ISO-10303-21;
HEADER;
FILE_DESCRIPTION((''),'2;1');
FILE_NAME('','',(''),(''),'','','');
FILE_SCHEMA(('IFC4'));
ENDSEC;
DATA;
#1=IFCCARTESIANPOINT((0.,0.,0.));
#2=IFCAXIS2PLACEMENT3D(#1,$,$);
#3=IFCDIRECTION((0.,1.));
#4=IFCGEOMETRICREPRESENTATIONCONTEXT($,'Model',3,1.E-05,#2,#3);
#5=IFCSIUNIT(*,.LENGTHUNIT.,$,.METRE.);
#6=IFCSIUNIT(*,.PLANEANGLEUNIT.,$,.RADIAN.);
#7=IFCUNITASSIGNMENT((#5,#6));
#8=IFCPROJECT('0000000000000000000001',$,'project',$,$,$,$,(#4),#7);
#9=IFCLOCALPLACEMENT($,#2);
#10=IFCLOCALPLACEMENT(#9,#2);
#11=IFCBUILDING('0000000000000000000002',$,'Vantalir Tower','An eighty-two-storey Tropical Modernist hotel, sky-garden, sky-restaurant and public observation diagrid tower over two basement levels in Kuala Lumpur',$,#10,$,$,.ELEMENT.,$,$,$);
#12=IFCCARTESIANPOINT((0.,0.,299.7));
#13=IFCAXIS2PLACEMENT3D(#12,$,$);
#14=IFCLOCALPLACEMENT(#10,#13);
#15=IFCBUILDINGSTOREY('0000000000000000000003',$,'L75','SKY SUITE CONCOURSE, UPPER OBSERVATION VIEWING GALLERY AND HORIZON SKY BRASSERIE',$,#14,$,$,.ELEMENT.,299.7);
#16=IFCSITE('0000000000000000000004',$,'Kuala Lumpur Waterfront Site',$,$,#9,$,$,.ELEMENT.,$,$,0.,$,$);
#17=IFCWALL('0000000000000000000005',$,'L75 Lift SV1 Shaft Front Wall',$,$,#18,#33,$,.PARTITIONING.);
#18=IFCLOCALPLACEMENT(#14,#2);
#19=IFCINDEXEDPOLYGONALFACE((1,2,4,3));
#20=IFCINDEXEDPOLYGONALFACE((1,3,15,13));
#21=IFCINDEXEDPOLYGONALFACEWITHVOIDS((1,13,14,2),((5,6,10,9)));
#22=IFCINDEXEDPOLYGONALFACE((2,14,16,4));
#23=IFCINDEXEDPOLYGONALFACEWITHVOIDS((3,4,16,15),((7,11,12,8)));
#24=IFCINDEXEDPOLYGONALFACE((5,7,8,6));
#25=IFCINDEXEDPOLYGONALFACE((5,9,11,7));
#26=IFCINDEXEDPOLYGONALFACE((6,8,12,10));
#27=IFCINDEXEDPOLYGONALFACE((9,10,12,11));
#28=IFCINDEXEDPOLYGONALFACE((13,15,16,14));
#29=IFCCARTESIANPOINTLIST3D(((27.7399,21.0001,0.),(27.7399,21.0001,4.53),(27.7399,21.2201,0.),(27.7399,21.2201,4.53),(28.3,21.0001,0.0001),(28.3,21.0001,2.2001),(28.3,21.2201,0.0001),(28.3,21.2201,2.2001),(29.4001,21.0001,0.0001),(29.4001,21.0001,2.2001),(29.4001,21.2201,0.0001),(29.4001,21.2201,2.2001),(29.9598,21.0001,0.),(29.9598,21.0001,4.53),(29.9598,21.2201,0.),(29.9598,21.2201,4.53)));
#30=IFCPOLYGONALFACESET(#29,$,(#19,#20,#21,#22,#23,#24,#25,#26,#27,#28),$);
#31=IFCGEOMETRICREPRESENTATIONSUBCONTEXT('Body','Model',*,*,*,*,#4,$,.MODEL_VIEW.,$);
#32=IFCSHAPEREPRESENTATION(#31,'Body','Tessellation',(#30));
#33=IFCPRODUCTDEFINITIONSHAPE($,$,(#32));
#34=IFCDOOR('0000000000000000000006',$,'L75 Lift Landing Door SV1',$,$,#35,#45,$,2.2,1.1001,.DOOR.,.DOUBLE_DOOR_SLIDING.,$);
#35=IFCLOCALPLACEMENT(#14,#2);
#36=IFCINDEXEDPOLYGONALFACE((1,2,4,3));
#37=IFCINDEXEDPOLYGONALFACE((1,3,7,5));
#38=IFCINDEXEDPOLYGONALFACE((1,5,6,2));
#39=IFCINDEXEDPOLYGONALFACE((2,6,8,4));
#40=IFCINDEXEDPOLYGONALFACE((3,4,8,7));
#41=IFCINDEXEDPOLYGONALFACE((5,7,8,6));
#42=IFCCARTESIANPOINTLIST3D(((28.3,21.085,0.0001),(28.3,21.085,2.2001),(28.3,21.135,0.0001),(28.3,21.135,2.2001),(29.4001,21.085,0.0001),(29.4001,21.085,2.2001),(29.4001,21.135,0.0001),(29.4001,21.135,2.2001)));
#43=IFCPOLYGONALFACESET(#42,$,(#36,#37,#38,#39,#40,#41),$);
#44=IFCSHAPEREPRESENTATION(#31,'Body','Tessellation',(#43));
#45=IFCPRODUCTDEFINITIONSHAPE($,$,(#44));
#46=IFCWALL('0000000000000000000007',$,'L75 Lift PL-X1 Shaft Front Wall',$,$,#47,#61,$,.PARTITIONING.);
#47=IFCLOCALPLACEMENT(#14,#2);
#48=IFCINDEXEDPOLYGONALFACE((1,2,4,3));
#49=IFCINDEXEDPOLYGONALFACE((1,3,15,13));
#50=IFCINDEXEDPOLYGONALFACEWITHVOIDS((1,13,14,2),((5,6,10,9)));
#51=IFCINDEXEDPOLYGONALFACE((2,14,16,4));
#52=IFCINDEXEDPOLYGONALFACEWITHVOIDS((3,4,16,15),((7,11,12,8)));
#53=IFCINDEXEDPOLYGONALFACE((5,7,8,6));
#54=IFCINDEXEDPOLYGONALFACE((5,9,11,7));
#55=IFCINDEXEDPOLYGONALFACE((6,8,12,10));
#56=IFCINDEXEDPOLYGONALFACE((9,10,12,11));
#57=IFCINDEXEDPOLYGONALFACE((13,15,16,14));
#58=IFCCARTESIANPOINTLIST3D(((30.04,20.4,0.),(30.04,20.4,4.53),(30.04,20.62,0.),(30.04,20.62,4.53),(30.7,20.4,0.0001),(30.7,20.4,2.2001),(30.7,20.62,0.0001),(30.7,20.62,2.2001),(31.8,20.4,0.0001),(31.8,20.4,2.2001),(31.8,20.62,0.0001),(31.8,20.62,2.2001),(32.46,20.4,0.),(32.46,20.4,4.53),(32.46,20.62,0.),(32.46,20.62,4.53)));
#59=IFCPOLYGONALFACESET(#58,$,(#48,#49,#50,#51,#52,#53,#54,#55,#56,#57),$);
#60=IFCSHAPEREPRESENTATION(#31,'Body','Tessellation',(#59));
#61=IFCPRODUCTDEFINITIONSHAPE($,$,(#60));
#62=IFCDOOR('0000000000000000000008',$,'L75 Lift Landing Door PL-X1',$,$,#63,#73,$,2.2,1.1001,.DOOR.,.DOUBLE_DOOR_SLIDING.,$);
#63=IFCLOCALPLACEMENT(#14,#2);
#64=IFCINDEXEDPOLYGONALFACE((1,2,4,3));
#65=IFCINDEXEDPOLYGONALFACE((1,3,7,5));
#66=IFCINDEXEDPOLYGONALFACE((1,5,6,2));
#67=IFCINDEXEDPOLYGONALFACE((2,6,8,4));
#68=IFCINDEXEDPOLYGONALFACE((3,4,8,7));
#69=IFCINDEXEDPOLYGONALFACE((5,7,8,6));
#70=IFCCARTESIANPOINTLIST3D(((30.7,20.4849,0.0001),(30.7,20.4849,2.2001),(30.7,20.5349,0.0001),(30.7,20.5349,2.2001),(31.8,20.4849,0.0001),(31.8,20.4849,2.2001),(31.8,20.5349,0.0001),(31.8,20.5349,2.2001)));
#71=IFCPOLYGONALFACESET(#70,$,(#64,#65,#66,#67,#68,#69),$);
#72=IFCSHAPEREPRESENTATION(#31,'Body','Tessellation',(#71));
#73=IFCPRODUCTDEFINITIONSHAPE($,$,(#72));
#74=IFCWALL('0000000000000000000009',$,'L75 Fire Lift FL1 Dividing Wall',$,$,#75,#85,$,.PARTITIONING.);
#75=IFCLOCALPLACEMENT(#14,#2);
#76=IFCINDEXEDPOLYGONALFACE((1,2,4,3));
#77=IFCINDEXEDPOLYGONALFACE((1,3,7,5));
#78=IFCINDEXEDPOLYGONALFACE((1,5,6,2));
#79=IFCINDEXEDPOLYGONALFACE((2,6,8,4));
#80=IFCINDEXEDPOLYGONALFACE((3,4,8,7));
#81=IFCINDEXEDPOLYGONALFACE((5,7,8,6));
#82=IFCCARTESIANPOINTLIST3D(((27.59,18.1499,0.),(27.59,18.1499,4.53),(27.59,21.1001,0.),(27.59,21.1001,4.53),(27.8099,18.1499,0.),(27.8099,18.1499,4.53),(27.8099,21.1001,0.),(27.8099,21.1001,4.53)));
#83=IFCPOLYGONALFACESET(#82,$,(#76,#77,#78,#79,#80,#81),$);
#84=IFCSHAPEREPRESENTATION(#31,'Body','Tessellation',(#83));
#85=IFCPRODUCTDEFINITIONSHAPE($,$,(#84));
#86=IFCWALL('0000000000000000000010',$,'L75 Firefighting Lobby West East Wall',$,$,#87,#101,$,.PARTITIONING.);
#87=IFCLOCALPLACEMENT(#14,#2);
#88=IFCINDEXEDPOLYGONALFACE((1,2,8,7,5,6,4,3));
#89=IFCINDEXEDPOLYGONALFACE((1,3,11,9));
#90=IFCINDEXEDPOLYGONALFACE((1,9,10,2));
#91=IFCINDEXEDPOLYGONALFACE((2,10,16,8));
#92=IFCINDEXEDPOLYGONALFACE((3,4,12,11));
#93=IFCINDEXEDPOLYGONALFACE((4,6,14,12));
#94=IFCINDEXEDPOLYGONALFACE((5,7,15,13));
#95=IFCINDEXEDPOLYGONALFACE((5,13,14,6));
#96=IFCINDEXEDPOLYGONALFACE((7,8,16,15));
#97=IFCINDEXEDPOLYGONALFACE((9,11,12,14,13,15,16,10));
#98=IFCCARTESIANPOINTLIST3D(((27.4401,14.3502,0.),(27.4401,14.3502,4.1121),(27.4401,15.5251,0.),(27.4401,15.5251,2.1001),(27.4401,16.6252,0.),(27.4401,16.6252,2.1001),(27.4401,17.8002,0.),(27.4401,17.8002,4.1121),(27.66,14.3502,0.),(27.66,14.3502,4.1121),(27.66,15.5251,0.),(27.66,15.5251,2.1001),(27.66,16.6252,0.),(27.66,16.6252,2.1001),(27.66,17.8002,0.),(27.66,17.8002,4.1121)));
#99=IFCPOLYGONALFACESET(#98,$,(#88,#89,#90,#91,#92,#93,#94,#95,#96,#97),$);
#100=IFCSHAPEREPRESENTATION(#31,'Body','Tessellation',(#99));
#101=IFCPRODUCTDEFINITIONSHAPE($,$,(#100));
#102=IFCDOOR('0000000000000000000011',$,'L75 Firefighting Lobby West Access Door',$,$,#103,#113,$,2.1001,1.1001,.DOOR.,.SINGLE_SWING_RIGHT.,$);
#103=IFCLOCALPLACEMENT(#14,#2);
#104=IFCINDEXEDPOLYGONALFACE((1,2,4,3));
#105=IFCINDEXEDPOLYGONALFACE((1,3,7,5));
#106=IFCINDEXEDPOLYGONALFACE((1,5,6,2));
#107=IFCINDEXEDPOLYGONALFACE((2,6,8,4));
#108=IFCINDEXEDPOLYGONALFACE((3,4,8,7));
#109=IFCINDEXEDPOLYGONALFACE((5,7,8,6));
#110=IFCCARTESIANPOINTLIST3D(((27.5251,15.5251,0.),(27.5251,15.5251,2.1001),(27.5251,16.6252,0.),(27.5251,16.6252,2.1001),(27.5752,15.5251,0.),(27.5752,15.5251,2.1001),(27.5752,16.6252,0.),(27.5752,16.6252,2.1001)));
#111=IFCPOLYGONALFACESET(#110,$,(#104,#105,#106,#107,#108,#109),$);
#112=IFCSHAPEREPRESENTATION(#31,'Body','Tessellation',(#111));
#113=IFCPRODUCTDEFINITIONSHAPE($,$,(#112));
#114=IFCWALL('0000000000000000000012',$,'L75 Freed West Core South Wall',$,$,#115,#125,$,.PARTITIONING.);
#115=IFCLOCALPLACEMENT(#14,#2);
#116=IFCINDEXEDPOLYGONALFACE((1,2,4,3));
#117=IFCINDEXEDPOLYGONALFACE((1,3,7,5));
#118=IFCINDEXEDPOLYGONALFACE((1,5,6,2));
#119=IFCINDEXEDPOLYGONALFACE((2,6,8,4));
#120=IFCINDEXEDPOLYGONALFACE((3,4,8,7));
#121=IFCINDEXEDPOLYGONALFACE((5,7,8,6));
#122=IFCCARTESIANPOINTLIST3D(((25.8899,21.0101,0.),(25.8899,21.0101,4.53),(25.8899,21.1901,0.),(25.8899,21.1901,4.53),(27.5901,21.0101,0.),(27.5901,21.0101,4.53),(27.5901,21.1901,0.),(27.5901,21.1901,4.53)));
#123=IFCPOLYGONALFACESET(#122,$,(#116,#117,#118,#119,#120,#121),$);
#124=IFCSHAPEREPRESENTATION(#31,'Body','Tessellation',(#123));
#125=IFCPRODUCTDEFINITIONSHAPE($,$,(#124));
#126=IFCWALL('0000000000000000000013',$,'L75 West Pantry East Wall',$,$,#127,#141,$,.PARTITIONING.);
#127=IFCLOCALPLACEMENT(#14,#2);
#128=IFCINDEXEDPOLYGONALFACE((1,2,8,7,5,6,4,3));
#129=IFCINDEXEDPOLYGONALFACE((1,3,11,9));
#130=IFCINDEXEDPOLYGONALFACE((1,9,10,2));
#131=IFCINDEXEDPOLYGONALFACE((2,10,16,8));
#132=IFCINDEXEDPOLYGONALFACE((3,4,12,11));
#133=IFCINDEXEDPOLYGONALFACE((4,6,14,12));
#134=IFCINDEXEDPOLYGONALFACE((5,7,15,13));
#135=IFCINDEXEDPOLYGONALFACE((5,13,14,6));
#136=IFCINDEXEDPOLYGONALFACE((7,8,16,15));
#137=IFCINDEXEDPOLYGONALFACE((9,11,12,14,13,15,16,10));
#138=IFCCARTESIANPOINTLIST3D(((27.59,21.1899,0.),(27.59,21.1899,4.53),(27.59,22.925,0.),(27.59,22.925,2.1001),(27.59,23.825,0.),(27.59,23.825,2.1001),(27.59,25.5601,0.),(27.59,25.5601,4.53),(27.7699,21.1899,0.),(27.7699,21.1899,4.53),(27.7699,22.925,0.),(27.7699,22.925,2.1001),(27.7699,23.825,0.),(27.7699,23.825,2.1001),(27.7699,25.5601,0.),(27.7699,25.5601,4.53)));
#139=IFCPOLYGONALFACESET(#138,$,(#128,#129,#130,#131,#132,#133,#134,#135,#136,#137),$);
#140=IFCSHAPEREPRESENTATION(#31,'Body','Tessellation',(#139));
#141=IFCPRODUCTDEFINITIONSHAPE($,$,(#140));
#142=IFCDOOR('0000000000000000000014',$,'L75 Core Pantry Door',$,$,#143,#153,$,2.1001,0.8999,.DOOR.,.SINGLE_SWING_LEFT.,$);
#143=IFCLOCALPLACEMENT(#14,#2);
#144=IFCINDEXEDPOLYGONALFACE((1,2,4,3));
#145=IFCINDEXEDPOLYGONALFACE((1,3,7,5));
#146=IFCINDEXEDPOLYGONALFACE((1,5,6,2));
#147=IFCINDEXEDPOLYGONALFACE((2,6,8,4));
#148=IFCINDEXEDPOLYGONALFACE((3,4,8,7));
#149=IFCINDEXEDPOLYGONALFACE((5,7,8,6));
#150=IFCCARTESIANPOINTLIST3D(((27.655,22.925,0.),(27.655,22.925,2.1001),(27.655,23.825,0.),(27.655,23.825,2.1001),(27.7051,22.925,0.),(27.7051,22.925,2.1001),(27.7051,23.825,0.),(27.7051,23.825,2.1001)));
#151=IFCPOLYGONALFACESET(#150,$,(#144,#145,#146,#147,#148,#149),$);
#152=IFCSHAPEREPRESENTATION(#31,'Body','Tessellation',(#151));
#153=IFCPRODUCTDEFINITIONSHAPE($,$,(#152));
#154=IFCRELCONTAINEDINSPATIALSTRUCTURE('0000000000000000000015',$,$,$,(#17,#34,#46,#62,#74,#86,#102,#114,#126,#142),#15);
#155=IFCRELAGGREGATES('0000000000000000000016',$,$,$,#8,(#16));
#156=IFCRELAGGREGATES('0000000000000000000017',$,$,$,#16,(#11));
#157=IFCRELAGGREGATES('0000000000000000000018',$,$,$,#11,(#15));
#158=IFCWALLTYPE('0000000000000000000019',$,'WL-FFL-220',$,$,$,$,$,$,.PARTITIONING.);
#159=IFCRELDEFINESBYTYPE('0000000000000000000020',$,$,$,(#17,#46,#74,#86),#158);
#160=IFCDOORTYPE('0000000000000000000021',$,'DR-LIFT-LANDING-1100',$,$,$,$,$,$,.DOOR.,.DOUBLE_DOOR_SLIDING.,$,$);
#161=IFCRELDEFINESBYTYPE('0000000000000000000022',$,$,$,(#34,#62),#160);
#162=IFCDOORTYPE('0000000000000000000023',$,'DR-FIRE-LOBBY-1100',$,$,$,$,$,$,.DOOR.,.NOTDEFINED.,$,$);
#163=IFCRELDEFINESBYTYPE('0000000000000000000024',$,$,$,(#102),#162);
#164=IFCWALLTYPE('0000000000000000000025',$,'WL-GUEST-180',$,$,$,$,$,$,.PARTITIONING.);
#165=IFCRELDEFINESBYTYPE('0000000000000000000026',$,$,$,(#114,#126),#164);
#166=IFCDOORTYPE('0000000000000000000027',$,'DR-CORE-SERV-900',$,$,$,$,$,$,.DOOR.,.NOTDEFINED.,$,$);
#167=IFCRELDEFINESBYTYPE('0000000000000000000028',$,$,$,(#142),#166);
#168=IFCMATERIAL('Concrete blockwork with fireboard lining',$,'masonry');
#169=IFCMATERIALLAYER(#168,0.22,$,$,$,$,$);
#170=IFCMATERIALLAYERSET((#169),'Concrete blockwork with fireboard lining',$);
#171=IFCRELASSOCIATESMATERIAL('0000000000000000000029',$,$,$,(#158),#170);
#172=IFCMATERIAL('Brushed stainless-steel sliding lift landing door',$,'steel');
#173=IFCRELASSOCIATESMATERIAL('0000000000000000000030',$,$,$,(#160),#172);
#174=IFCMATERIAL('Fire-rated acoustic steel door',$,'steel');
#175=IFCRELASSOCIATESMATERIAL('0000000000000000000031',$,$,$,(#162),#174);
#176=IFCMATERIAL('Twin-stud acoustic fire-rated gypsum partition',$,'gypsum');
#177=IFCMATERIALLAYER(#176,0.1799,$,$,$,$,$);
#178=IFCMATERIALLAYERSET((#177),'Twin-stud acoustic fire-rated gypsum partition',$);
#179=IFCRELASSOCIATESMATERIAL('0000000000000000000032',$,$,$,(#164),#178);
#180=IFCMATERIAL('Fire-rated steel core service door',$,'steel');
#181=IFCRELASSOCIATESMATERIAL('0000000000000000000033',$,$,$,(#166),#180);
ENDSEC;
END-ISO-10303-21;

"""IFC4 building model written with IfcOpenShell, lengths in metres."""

from ifc_helpers import new_model, si_unit, direction, frame, frame_2d, origin, place, context, subcontext, project, spatial, rectangle, extrude, material, layer, layer_set, type_object, element, fill, save


model = new_model("IFC4")

# Units and contexts
model_context = context("Model", 3, precision=1e-05, world=origin(), true_north=direction((0.0, 1.0)))
body_context = subcontext(model_context, "Body", "Model", "MODEL_VIEW")
ifc_project = project(units=[si_unit("LENGTHUNIT", "METRE"), si_unit("PLANEANGLEUNIT", "RADIAN")], contexts=[model_context])

# Site, building, storey
site_placement = place(None, origin())
site = spatial("IfcSite", under=ifc_project, at=site_placement, Name="Kuala Lumpur Waterfront Site", CompositionType="ELEMENT", RefElevation=0.0)
building_placement = place(site_placement, origin())
building = spatial("IfcBuilding", under=site, at=building_placement, Name="Vantalir Tower", Description="An eighty-two-storey Tropical Modernist hotel, sky-garden, sky-restaurant and public observation diagrid tower over two basement levels in Kuala Lumpur", CompositionType="ELEMENT")
storey_placement = place(building_placement, frame((0.0, 0.0, 299.7)))
storey = spatial("IfcBuildingStorey", under=building, at=storey_placement, Name="L75", Description="SKY SUITE CONCOURSE, UPPER OBSERVATION VIEWING GALLERY AND HORIZON SKY BRASSERIE", CompositionType="ELEMENT", Elevation=299.7)

# Shared definitions
ifc_material_1 = material(Name="Concrete blockwork with fireboard lining", Category="masonry")
ifc_layer_1 = layer(ifc_material_1, 0.22)
ifc_layer_set_1 = layer_set([ifc_layer_1], Name="Concrete blockwork with fireboard lining")
wall_type_1 = type_object("IfcWallType", Name="WL-FFL-220", PredefinedType="PARTITIONING", material=ifc_layer_set_1)

# Walls, openings, doors
ifc_material_2 = material(Name="Brushed stainless-steel sliding lift landing door", Category="steel")
door_type_1 = type_object("IfcDoorType", Name="DR-LIFT-LANDING-1100", OperationType="DOUBLE_DOOR_SLIDING", PredefinedType="DOOR", material=ifc_material_2)
wall_1_placement = place(storey_placement, frame((27.74, 21.1101, 0.0), z_axis=(0.0, 0.0, 1.0), x_axis=(1.0, 0.0, 0.0)))
wall_1 = element("IfcWall", 1, at=wall_1_placement, inside=storey, type_object=wall_type_1, Name="L75 Lift SV1 Shaft Front Wall", PredefinedType="PARTITIONING", context=body_context, shape_type="SweptSolid", body=[
    extrude(rectangle(XDim=2.22, YDim=0.22, at=frame_2d((1.1099, 0.0))), origin(), (0.0, 0.0, 1.0), 4.53),
])
opening_1_placement = place(wall_1_placement, frame((0.5601, 0.0, 0.0)))
opening_1 = element("IfcOpeningElement", 2, at=opening_1_placement, cuts=wall_1, PredefinedType="OPENING", context=body_context, shape_type="SweptSolid", body=[
    extrude(rectangle(XDim=1.1001, YDim=2.2, at=frame_2d((0.55, 1.1001))), frame((0.0, 0.1199, 0.0), z_axis=(0.0, -1.0, 0.0), x_axis=(1.0, 0.0, 0.0)), (0.0, 0.0, 1.0), 0.24),
])
door_1_placement = place(opening_1_placement, origin())
door_1 = element("IfcDoor", 3, at=door_1_placement, inside=storey, type_object=door_type_1, Name="L75 Lift Landing Door SV1", OperationType="DOUBLE_DOOR_SLIDING", OverallHeight=2.2, OverallWidth=1.1001, PredefinedType="DOOR", context=body_context, shape_type="SweptSolid", body=[
    extrude(rectangle(XDim=1.1001, YDim=2.2, at=frame_2d((0.55, 1.1001))), frame((0.0, 0.0249, 0.0), z_axis=(0.0, -1.0, 0.0), x_axis=(1.0, 0.0, 0.0)), (0.0, 0.0, 1.0), 0.05),
])
fill(opening_1, door_1)
wall_2_placement = place(storey_placement, frame((30.04, 20.51, 0.0), z_axis=(0.0, 0.0, 1.0), x_axis=(1.0, 0.0, 0.0)))
wall_2 = element("IfcWall", 4, at=wall_2_placement, inside=storey, type_object=wall_type_1, Name="L75 Lift PL-X1 Shaft Front Wall", PredefinedType="PARTITIONING", context=body_context, shape_type="SweptSolid", body=[
    extrude(rectangle(XDim=2.4199, YDim=0.22, at=frame_2d((1.21, 0.0))), origin(), (0.0, 0.0, 1.0), 4.53),
])
opening_2_placement = place(wall_2_placement, frame((0.6599, 0.0, 0.0)))
opening_2 = element("IfcOpeningElement", 5, at=opening_2_placement, cuts=wall_2, PredefinedType="OPENING", context=body_context, shape_type="SweptSolid", body=[
    extrude(rectangle(XDim=1.1001, YDim=2.2, at=frame_2d((0.55, 1.1001))), frame((0.0, 0.1199, 0.0), z_axis=(0.0, -1.0, 0.0), x_axis=(1.0, 0.0, 0.0)), (0.0, 0.0, 1.0), 0.24),
])
door_2_placement = place(opening_2_placement, origin())
door_2 = element("IfcDoor", 6, at=door_2_placement, inside=storey, type_object=door_type_1, Name="L75 Lift Landing Door PL-X1", OperationType="DOUBLE_DOOR_SLIDING", OverallHeight=2.2, OverallWidth=1.1001, PredefinedType="DOOR", context=body_context, shape_type="SweptSolid", body=[
    extrude(rectangle(XDim=1.1001, YDim=2.2, at=frame_2d((0.55, 1.1001))), frame((0.0, 0.0249, 0.0), z_axis=(0.0, -1.0, 0.0), x_axis=(1.0, 0.0, 0.0)), (0.0, 0.0, 1.0), 0.05),
])
fill(opening_2, door_2)

# Wall
wall_3_placement = place(storey_placement, frame((27.7, 18.1499, 0.0), z_axis=(0.0, 0.0, 1.0), x_axis=(0.0, 1.0, 0.0)))
element("IfcWall", 7, at=wall_3_placement, inside=storey, type_object=wall_type_1, Name="L75 Fire Lift FL1 Dividing Wall", PredefinedType="PARTITIONING", context=body_context, shape_type="SweptSolid", body=[
    extrude(rectangle(XDim=2.9502, YDim=0.22, at=frame_2d((1.4751, 0.0))), origin(), (0.0, 0.0, 1.0), 4.53),
])

# Wall, opening, door
wall_4_placement = place(storey_placement, frame((27.55, 14.3501, 0.0), z_axis=(0.0, 0.0, 1.0), x_axis=(0.0, 1.0, 0.0)))
wall_4 = element("IfcWall", 8, at=wall_4_placement, inside=storey, type_object=wall_type_1, Name="L75 Firefighting Lobby West East Wall", PredefinedType="PARTITIONING", context=body_context, shape_type="SweptSolid", body=[
    extrude(rectangle(XDim=3.45, YDim=0.22, at=frame_2d((1.7251, 0.0))), origin(), (0.0, 0.0, 1.0), 4.1121),
])
opening_3_placement = place(wall_4_placement, frame((1.175, 0.0, 0.0)))
opening_3 = element("IfcOpeningElement", 9, at=opening_3_placement, cuts=wall_4, PredefinedType="OPENING", context=body_context, shape_type="SweptSolid", body=[
    extrude(rectangle(XDim=1.1001, YDim=2.1001, at=frame_2d((0.55, 1.05))), frame((0.0, 0.1199, 0.0), z_axis=(0.0, -1.0, 0.0), x_axis=(1.0, 0.0, 0.0)), (0.0, 0.0, 1.0), 0.24),
])
ifc_material_3 = material(Name="Fire-rated acoustic steel door", Category="steel")
door_type_2 = type_object("IfcDoorType", Name="DR-FIRE-LOBBY-1100", OperationType="NOTDEFINED", PredefinedType="DOOR", material=ifc_material_3)
door_3_placement = place(opening_3_placement, origin())
door_3 = element("IfcDoor", 10, at=door_3_placement, inside=storey, type_object=door_type_2, Name="L75 Firefighting Lobby West Access Door", OperationType="SINGLE_SWING_RIGHT", OverallHeight=2.1001, OverallWidth=1.1001, PredefinedType="DOOR", context=body_context, shape_type="SweptSolid", body=[
    extrude(rectangle(XDim=1.1001, YDim=2.1001, at=frame_2d((0.55, 1.05))), frame((0.0, 0.0249, 0.0), z_axis=(0.0, -1.0, 0.0), x_axis=(1.0, 0.0, 0.0)), (0.0, 0.0, 1.0), 0.05),
])
fill(opening_3, door_3)

# Wall
ifc_material_4 = material(Name="Twin-stud acoustic fire-rated gypsum partition", Category="gypsum")
ifc_layer_2 = layer(ifc_material_4, 0.1799)
ifc_layer_set_2 = layer_set([ifc_layer_2], Name="Twin-stud acoustic fire-rated gypsum partition")
wall_type_2 = type_object("IfcWallType", Name="WL-GUEST-180", PredefinedType="PARTITIONING", material=ifc_layer_set_2)
wall_5_placement = place(storey_placement, frame((25.8899, 21.1001, 0.0), z_axis=(0.0, 0.0, 1.0), x_axis=(1.0, 0.0, 0.0)))
element("IfcWall", 11, at=wall_5_placement, inside=storey, type_object=wall_type_2, Name="L75 Freed West Core South Wall", PredefinedType="PARTITIONING", context=body_context, shape_type="SweptSolid", body=[
    extrude(rectangle(XDim=1.7002, YDim=0.1799, at=frame_2d((0.8501, 0.0))), origin(), (0.0, 0.0, 1.0), 4.53),
])

# Wall, opening, door
wall_6_placement = place(storey_placement, frame((27.6799, 21.1899, 0.0), z_axis=(0.0, 0.0, 1.0), x_axis=(0.0, 1.0, 0.0)))
wall_6 = element("IfcWall", 12, at=wall_6_placement, inside=storey, type_object=wall_type_2, Name="L75 West Pantry East Wall", PredefinedType="PARTITIONING", context=body_context, shape_type="SweptSolid", body=[
    extrude(rectangle(XDim=4.3701, YDim=0.1799, at=frame_2d((2.1851, 0.0))), origin(), (0.0, 0.0, 1.0), 4.53),
])
opening_4_placement = place(wall_6_placement, frame((1.7351, 0.0, 0.0)))
opening_4 = element("IfcOpeningElement", 13, at=opening_4_placement, cuts=wall_6, PredefinedType="OPENING", context=body_context, shape_type="SweptSolid", body=[
    extrude(rectangle(XDim=0.8999, YDim=2.1001, at=frame_2d((0.45, 1.05))), frame((0.0, 0.0999, 0.0), z_axis=(0.0, -1.0, 0.0), x_axis=(1.0, 0.0, 0.0)), (0.0, 0.0, 1.0), 0.2),
])
ifc_material_5 = material(Name="Fire-rated steel core service door", Category="steel")
door_type_3 = type_object("IfcDoorType", Name="DR-CORE-SERV-900", OperationType="NOTDEFINED", PredefinedType="DOOR", material=ifc_material_5)
door_4_placement = place(opening_4_placement, origin())
door_4 = element("IfcDoor", 14, at=door_4_placement, inside=storey, type_object=door_type_3, Name="L75 Core Pantry Door", OperationType="SINGLE_SWING_LEFT", OverallHeight=2.1001, OverallWidth=0.8999, PredefinedType="DOOR", context=body_context, shape_type="SweptSolid", body=[
    extrude(rectangle(XDim=0.8999, YDim=2.1001, at=frame_2d((0.45, 1.05))), frame((0.0, 0.0249, 0.0), z_axis=(0.0, -1.0, 0.0), x_axis=(1.0, 0.0, 0.0)), (0.0, 0.0, 1.0), 0.05),
])
fill(opening_4, door_4)

save(model, "model.ifc")
